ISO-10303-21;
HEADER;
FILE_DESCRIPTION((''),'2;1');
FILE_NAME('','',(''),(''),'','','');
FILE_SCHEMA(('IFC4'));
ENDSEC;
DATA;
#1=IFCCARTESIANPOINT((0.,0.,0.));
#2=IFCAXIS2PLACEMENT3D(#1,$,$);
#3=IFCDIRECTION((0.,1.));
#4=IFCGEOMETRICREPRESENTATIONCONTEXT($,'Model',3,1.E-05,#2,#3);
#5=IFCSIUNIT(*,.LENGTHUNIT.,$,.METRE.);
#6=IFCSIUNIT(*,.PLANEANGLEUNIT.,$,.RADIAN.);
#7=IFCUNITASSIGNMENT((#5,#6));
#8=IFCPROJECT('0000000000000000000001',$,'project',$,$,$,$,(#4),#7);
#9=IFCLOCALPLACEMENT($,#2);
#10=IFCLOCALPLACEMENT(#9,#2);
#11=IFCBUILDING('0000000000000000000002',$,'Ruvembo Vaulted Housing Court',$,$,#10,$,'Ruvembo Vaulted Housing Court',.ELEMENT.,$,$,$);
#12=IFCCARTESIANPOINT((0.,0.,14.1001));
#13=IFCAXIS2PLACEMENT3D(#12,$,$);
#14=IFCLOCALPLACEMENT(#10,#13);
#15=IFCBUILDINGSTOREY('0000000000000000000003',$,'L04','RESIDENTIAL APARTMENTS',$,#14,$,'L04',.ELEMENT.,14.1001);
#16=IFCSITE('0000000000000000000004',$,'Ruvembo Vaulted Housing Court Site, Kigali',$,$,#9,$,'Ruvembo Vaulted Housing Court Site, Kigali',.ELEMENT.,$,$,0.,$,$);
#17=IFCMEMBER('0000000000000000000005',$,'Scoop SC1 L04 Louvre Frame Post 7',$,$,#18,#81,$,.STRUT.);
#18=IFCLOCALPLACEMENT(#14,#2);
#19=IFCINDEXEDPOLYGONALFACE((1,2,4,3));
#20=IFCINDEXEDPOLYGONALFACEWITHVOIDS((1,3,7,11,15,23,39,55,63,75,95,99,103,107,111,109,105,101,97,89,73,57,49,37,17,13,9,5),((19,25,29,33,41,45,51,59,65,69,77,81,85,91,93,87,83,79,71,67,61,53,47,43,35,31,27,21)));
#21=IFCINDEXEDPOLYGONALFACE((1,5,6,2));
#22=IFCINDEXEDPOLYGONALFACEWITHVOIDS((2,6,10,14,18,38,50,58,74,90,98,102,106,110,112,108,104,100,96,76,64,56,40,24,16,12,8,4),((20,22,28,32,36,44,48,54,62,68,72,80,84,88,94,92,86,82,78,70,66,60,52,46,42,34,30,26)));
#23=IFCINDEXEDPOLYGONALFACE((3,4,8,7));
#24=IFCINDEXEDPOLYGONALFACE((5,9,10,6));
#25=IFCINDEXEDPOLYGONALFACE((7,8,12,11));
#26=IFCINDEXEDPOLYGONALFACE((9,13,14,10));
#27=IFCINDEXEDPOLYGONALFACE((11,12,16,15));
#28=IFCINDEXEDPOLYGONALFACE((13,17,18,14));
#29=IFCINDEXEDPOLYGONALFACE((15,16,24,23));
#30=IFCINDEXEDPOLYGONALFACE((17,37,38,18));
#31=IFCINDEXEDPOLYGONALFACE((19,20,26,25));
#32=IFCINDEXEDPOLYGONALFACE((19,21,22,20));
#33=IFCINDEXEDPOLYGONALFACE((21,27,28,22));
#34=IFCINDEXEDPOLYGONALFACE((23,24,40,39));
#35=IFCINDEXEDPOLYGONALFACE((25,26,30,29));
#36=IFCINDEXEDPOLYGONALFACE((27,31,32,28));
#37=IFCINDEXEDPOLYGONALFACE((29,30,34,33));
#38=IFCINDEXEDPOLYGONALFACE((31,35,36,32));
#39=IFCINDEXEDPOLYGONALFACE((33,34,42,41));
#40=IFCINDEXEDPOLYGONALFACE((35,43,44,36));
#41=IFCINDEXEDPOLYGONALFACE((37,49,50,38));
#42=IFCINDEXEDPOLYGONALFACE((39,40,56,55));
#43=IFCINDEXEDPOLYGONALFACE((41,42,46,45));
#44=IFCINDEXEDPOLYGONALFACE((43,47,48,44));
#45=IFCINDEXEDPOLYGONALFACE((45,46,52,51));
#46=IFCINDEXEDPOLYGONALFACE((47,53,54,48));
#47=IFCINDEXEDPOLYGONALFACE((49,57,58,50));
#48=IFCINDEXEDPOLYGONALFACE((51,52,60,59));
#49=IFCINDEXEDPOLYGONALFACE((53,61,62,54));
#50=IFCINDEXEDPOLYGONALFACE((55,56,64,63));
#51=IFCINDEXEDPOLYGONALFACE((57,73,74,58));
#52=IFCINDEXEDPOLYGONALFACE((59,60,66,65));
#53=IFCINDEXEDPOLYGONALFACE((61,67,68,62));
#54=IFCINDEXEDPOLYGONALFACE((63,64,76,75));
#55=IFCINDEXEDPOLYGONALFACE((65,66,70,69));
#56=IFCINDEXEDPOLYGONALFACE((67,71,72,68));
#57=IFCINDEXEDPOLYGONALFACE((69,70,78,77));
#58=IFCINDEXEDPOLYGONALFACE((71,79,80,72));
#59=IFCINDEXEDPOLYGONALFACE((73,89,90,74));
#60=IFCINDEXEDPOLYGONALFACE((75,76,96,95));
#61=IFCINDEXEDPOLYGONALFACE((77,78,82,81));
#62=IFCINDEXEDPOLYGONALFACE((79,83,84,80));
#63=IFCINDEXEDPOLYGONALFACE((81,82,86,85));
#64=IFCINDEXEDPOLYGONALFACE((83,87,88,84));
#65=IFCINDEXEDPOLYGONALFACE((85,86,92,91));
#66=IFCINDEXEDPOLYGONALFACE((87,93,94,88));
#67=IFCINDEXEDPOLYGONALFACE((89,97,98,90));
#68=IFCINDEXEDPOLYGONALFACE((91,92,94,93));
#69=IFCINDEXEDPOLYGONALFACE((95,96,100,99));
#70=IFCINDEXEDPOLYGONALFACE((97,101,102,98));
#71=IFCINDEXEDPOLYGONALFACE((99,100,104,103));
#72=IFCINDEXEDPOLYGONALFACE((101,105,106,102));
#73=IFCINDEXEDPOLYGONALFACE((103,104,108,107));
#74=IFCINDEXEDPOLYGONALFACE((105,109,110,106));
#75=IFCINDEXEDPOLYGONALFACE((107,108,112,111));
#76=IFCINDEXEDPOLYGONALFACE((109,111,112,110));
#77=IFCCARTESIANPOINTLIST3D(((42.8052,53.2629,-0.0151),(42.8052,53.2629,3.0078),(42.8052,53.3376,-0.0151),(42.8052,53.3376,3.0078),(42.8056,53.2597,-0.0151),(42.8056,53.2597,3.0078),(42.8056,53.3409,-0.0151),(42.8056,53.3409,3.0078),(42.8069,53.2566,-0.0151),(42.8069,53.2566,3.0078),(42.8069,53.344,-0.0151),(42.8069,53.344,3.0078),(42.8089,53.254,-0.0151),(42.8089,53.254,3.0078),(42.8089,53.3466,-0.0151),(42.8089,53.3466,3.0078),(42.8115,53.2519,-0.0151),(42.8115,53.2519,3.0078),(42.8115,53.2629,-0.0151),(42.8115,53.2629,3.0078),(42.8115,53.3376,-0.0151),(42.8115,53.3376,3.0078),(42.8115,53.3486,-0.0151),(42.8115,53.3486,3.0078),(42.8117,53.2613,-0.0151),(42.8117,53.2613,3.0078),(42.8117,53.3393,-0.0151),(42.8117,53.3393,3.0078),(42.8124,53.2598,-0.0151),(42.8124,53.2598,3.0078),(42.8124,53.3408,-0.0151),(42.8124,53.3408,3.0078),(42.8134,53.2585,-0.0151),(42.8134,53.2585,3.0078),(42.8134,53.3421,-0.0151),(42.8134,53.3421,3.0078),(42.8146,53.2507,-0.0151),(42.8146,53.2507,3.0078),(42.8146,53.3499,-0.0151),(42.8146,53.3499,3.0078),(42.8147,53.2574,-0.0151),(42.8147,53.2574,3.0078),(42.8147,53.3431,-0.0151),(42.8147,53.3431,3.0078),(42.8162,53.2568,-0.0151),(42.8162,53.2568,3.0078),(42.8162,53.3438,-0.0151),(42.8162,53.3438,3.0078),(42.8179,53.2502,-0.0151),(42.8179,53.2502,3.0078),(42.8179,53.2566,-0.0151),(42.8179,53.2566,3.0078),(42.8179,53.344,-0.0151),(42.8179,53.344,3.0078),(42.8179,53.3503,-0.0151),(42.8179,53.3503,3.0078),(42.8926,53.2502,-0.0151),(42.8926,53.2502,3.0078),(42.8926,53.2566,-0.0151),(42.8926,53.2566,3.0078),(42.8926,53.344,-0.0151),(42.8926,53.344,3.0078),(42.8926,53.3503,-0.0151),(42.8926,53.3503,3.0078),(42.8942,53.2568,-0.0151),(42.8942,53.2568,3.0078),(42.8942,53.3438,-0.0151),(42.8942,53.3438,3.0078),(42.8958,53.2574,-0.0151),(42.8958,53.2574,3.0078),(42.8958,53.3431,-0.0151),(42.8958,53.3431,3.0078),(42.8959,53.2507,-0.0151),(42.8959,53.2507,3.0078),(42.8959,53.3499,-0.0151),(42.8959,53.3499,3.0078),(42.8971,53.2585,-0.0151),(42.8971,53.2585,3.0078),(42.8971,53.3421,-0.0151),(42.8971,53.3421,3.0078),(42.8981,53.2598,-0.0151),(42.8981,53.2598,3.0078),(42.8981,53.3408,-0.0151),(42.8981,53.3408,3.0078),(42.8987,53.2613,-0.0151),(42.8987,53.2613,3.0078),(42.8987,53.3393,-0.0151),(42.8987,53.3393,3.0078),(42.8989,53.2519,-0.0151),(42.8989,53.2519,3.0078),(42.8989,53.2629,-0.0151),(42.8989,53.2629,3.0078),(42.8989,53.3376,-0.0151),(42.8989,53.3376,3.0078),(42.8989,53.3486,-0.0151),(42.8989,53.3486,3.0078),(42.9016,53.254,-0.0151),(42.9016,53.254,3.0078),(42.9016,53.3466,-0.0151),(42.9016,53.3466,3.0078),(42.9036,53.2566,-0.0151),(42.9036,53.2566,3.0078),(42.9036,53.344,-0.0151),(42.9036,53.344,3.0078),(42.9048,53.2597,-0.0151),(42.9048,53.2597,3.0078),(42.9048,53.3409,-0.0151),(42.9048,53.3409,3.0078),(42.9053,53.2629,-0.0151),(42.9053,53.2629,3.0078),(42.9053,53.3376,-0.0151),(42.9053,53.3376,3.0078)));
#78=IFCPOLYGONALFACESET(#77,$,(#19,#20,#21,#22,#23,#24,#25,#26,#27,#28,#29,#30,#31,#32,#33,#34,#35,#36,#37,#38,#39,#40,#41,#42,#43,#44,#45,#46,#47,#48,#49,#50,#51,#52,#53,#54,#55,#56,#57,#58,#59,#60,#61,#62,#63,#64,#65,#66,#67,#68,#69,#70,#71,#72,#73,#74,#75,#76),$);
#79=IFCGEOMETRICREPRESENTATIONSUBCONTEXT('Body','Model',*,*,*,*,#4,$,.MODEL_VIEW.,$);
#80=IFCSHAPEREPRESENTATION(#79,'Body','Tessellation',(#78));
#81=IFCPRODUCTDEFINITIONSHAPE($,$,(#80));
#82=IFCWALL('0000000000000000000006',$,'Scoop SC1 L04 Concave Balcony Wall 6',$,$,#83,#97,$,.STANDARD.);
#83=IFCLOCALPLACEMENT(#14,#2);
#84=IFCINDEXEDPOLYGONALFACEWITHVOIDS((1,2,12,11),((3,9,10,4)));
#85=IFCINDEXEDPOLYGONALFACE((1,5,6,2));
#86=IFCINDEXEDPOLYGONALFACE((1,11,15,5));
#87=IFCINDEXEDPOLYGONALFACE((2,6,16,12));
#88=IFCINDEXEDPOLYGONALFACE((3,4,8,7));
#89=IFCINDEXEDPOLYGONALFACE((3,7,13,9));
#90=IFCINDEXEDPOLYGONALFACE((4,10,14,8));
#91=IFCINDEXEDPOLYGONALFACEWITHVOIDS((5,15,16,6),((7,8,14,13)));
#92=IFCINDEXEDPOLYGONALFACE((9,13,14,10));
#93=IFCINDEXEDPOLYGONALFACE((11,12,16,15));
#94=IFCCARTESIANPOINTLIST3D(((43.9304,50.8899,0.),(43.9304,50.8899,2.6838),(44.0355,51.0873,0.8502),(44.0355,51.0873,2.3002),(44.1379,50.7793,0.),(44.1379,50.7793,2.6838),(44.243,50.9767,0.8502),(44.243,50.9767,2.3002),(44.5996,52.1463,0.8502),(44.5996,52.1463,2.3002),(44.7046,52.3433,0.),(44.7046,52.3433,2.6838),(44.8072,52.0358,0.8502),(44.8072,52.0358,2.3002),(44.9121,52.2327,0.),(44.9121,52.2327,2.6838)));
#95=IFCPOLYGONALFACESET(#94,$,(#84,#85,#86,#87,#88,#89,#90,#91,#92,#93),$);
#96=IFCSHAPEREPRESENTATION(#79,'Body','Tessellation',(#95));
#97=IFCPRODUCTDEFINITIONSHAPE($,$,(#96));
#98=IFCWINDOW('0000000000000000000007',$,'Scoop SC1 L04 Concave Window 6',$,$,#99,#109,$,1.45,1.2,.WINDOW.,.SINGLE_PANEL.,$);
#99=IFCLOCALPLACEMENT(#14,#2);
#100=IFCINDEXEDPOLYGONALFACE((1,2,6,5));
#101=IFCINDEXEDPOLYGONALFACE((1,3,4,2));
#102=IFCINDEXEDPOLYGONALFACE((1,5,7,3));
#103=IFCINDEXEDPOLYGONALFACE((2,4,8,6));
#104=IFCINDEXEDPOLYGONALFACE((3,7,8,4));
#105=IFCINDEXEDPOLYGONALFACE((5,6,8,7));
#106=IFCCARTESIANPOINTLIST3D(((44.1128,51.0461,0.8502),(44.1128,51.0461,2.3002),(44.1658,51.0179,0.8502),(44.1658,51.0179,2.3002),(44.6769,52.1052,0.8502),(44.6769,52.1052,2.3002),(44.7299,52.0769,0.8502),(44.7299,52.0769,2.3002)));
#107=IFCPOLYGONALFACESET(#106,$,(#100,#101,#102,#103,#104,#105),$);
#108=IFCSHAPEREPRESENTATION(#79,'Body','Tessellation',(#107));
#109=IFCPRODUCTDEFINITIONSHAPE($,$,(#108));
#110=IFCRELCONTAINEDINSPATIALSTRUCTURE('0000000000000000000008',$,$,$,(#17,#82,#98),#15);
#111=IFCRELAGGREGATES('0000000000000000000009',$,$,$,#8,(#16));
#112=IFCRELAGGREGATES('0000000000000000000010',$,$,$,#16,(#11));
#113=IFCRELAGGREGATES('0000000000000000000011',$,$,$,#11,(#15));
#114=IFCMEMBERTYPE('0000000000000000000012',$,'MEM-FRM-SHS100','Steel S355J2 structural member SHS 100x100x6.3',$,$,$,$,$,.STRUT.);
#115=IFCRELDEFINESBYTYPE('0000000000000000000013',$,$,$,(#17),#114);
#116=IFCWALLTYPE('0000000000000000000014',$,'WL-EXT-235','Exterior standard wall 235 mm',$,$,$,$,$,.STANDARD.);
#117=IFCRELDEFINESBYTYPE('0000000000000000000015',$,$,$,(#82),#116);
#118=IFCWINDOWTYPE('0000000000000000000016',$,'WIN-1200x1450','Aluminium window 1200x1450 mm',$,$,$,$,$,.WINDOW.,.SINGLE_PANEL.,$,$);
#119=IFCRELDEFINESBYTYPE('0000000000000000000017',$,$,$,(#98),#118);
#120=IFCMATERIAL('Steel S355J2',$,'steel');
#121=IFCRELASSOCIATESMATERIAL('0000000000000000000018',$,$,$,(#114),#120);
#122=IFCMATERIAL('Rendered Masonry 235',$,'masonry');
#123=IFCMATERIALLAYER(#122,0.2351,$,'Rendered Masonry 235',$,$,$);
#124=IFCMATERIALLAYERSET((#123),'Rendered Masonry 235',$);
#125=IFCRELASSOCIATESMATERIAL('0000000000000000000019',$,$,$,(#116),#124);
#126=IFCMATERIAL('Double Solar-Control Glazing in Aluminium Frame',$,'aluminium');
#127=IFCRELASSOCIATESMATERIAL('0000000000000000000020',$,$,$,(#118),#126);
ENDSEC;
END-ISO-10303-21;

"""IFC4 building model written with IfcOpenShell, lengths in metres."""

from ifc_helpers import new_model, si_unit, direction, frame, frame_2d, origin, origin_2d, place, context, subcontext, project, spatial, rectangle, hollow_rectangle, extrude, material, layer, layer_set, material_profile, profile_set, type_object, element, fill, save


model = new_model("IFC4")

# Units and contexts
model_context = context("Model", 3, precision=1e-05, world=origin(), true_north=direction((0.0, 1.0)))
body_context = subcontext(model_context, "Body", "Model", "MODEL_VIEW")
ifc_project = project(units=[si_unit("LENGTHUNIT", "METRE"), si_unit("PLANEANGLEUNIT", "RADIAN")], contexts=[model_context])

# Site, building, storey
site_placement = place(None, origin())
site = spatial("IfcSite", under=ifc_project, at=site_placement, Name="Ruvembo Vaulted Housing Court Site, Kigali", LongName="Ruvembo Vaulted Housing Court Site, Kigali", CompositionType="ELEMENT", RefElevation=0.0)
building_placement = place(site_placement, origin())
building = spatial("IfcBuilding", under=site, at=building_placement, Name="Ruvembo Vaulted Housing Court", LongName="Ruvembo Vaulted Housing Court", CompositionType="ELEMENT")
storey_placement = place(building_placement, frame((0.0, 0.0, 14.1001)))
storey = spatial("IfcBuildingStorey", under=building, at=storey_placement, Name="L04", Description="RESIDENTIAL APARTMENTS", LongName="L04", CompositionType="ELEMENT", Elevation=14.1001)

# Shared definitions
ifc_material_1 = material(Name="Steel S355J2", Category="steel")

# Member
ifc_material_profile_1 = material_profile(ifc_material_1, hollow_rectangle(XDim=0.1001, YDim=0.1001, WallThickness=0.0063, InnerFilletRadius=0.0063, OuterFilletRadius=0.0127, at=origin_2d()), Name="SHS 100x100x6.3")
ifc_profile_set_1 = profile_set([ifc_material_profile_1], Name="Steel S355J2")
member_type_1 = type_object("IfcMemberType", Name="MEM-FRM-SHS100", Description="Steel S355J2 structural member SHS 100x100x6.3", PredefinedType="STRUT", material=ifc_profile_set_1)
for number, where, z_axis, x_axis, name in (
    (1, (42.8552, 53.3003, -0.0151), (0.0, 0.0, 1.0), (1.0, 0.0, 0.0), "Scoop SC1 L04 Louvre Frame Post 7"),
):
    element("IfcMember", number, at=place(storey_placement, frame(where, z_axis=z_axis, x_axis=x_axis)), inside=storey, type_object=member_type_1, Name=name, PredefinedType="STRUT", context=body_context, shape_type="SweptSolid", body=[
        extrude(hollow_rectangle(XDim=0.1001, YDim=0.1001, WallThickness=0.0063, InnerFilletRadius=0.0063, OuterFilletRadius=0.0127, at=origin_2d()), origin(), (0.0, 0.0, 1.0), 3.0229),
    ])

# Wall, opening, window
ifc_material_2 = material(Name="Rendered Masonry 235", Category="masonry")
ifc_layer_1 = layer(ifc_material_2, 0.2351, Name="Rendered Masonry 235")
ifc_layer_set_1 = layer_set([ifc_layer_1], Name="Rendered Masonry 235")
wall_type = type_object("IfcWallType", Name="WL-EXT-235", Description="Exterior standard wall 235 mm", PredefinedType="STANDARD", material=ifc_layer_set_1)
wall_1_placement = place(storey_placement, frame((44.0342, 50.8347, 0.0), z_axis=(0.0, 0.0, 1.0), x_axis=(0.470134, 0.882595, 0.0)))
wall_1 = element("IfcWall", 2, at=wall_1_placement, inside=storey, type_object=wall_type, Name="Scoop SC1 L04 Concave Balcony Wall 6", PredefinedType="STANDARD", context=body_context, shape_type="SweptSolid", body=[
    extrude(rectangle(XDim=1.6467, YDim=0.2351, at=frame_2d((0.8232, 0.0))), origin(), (0.0, 0.0, 1.0), 2.6838),
])
opening_1_placement = place(wall_1_placement, frame((0.2234, 0.0, 0.8501)))
opening_1 = element("IfcOpeningElement", 3, at=opening_1_placement, cuts=wall_1, PredefinedType="OPENING", context=body_context, shape_type="SweptSolid", body=[
    extrude(rectangle(XDim=1.2, YDim=1.45, at=frame_2d((0.6001, 0.7251))), frame((0.0, 0.1274, 0.0), z_axis=(0.0, -1.0, 0.0), x_axis=(1.0, 0.0, 0.0)), (0.0, 0.0, 1.0), 0.2551),
])
ifc_material_3 = material(Name="Double Solar-Control Glazing in Aluminium Frame", Category="aluminium")
window_type = type_object("IfcWindowType", Name="WIN-1200x1450", Description="Aluminium window 1200x1450 mm", PartitioningType="SINGLE_PANEL", PredefinedType="WINDOW", material=ifc_material_3)
window_placement = place(opening_1_placement, origin())
window = element("IfcWindow", 4, at=window_placement, inside=storey, type_object=window_type, Name="Scoop SC1 L04 Concave Window 6", OverallHeight=1.45, OverallWidth=1.2, PartitioningType="SINGLE_PANEL", PredefinedType="WINDOW", context=body_context, shape_type="SweptSolid", body=[
    extrude(rectangle(XDim=1.2, YDim=1.45, at=frame_2d((0.6001, 0.7251))), frame((0.0, 0.03, 0.0), z_axis=(0.0, -1.0, 0.0), x_axis=(1.0, 0.0, 0.0)), (0.0, 0.0, 1.0), 0.0601),
])
fill(opening_1, window)

save(model, "model.ifc")
